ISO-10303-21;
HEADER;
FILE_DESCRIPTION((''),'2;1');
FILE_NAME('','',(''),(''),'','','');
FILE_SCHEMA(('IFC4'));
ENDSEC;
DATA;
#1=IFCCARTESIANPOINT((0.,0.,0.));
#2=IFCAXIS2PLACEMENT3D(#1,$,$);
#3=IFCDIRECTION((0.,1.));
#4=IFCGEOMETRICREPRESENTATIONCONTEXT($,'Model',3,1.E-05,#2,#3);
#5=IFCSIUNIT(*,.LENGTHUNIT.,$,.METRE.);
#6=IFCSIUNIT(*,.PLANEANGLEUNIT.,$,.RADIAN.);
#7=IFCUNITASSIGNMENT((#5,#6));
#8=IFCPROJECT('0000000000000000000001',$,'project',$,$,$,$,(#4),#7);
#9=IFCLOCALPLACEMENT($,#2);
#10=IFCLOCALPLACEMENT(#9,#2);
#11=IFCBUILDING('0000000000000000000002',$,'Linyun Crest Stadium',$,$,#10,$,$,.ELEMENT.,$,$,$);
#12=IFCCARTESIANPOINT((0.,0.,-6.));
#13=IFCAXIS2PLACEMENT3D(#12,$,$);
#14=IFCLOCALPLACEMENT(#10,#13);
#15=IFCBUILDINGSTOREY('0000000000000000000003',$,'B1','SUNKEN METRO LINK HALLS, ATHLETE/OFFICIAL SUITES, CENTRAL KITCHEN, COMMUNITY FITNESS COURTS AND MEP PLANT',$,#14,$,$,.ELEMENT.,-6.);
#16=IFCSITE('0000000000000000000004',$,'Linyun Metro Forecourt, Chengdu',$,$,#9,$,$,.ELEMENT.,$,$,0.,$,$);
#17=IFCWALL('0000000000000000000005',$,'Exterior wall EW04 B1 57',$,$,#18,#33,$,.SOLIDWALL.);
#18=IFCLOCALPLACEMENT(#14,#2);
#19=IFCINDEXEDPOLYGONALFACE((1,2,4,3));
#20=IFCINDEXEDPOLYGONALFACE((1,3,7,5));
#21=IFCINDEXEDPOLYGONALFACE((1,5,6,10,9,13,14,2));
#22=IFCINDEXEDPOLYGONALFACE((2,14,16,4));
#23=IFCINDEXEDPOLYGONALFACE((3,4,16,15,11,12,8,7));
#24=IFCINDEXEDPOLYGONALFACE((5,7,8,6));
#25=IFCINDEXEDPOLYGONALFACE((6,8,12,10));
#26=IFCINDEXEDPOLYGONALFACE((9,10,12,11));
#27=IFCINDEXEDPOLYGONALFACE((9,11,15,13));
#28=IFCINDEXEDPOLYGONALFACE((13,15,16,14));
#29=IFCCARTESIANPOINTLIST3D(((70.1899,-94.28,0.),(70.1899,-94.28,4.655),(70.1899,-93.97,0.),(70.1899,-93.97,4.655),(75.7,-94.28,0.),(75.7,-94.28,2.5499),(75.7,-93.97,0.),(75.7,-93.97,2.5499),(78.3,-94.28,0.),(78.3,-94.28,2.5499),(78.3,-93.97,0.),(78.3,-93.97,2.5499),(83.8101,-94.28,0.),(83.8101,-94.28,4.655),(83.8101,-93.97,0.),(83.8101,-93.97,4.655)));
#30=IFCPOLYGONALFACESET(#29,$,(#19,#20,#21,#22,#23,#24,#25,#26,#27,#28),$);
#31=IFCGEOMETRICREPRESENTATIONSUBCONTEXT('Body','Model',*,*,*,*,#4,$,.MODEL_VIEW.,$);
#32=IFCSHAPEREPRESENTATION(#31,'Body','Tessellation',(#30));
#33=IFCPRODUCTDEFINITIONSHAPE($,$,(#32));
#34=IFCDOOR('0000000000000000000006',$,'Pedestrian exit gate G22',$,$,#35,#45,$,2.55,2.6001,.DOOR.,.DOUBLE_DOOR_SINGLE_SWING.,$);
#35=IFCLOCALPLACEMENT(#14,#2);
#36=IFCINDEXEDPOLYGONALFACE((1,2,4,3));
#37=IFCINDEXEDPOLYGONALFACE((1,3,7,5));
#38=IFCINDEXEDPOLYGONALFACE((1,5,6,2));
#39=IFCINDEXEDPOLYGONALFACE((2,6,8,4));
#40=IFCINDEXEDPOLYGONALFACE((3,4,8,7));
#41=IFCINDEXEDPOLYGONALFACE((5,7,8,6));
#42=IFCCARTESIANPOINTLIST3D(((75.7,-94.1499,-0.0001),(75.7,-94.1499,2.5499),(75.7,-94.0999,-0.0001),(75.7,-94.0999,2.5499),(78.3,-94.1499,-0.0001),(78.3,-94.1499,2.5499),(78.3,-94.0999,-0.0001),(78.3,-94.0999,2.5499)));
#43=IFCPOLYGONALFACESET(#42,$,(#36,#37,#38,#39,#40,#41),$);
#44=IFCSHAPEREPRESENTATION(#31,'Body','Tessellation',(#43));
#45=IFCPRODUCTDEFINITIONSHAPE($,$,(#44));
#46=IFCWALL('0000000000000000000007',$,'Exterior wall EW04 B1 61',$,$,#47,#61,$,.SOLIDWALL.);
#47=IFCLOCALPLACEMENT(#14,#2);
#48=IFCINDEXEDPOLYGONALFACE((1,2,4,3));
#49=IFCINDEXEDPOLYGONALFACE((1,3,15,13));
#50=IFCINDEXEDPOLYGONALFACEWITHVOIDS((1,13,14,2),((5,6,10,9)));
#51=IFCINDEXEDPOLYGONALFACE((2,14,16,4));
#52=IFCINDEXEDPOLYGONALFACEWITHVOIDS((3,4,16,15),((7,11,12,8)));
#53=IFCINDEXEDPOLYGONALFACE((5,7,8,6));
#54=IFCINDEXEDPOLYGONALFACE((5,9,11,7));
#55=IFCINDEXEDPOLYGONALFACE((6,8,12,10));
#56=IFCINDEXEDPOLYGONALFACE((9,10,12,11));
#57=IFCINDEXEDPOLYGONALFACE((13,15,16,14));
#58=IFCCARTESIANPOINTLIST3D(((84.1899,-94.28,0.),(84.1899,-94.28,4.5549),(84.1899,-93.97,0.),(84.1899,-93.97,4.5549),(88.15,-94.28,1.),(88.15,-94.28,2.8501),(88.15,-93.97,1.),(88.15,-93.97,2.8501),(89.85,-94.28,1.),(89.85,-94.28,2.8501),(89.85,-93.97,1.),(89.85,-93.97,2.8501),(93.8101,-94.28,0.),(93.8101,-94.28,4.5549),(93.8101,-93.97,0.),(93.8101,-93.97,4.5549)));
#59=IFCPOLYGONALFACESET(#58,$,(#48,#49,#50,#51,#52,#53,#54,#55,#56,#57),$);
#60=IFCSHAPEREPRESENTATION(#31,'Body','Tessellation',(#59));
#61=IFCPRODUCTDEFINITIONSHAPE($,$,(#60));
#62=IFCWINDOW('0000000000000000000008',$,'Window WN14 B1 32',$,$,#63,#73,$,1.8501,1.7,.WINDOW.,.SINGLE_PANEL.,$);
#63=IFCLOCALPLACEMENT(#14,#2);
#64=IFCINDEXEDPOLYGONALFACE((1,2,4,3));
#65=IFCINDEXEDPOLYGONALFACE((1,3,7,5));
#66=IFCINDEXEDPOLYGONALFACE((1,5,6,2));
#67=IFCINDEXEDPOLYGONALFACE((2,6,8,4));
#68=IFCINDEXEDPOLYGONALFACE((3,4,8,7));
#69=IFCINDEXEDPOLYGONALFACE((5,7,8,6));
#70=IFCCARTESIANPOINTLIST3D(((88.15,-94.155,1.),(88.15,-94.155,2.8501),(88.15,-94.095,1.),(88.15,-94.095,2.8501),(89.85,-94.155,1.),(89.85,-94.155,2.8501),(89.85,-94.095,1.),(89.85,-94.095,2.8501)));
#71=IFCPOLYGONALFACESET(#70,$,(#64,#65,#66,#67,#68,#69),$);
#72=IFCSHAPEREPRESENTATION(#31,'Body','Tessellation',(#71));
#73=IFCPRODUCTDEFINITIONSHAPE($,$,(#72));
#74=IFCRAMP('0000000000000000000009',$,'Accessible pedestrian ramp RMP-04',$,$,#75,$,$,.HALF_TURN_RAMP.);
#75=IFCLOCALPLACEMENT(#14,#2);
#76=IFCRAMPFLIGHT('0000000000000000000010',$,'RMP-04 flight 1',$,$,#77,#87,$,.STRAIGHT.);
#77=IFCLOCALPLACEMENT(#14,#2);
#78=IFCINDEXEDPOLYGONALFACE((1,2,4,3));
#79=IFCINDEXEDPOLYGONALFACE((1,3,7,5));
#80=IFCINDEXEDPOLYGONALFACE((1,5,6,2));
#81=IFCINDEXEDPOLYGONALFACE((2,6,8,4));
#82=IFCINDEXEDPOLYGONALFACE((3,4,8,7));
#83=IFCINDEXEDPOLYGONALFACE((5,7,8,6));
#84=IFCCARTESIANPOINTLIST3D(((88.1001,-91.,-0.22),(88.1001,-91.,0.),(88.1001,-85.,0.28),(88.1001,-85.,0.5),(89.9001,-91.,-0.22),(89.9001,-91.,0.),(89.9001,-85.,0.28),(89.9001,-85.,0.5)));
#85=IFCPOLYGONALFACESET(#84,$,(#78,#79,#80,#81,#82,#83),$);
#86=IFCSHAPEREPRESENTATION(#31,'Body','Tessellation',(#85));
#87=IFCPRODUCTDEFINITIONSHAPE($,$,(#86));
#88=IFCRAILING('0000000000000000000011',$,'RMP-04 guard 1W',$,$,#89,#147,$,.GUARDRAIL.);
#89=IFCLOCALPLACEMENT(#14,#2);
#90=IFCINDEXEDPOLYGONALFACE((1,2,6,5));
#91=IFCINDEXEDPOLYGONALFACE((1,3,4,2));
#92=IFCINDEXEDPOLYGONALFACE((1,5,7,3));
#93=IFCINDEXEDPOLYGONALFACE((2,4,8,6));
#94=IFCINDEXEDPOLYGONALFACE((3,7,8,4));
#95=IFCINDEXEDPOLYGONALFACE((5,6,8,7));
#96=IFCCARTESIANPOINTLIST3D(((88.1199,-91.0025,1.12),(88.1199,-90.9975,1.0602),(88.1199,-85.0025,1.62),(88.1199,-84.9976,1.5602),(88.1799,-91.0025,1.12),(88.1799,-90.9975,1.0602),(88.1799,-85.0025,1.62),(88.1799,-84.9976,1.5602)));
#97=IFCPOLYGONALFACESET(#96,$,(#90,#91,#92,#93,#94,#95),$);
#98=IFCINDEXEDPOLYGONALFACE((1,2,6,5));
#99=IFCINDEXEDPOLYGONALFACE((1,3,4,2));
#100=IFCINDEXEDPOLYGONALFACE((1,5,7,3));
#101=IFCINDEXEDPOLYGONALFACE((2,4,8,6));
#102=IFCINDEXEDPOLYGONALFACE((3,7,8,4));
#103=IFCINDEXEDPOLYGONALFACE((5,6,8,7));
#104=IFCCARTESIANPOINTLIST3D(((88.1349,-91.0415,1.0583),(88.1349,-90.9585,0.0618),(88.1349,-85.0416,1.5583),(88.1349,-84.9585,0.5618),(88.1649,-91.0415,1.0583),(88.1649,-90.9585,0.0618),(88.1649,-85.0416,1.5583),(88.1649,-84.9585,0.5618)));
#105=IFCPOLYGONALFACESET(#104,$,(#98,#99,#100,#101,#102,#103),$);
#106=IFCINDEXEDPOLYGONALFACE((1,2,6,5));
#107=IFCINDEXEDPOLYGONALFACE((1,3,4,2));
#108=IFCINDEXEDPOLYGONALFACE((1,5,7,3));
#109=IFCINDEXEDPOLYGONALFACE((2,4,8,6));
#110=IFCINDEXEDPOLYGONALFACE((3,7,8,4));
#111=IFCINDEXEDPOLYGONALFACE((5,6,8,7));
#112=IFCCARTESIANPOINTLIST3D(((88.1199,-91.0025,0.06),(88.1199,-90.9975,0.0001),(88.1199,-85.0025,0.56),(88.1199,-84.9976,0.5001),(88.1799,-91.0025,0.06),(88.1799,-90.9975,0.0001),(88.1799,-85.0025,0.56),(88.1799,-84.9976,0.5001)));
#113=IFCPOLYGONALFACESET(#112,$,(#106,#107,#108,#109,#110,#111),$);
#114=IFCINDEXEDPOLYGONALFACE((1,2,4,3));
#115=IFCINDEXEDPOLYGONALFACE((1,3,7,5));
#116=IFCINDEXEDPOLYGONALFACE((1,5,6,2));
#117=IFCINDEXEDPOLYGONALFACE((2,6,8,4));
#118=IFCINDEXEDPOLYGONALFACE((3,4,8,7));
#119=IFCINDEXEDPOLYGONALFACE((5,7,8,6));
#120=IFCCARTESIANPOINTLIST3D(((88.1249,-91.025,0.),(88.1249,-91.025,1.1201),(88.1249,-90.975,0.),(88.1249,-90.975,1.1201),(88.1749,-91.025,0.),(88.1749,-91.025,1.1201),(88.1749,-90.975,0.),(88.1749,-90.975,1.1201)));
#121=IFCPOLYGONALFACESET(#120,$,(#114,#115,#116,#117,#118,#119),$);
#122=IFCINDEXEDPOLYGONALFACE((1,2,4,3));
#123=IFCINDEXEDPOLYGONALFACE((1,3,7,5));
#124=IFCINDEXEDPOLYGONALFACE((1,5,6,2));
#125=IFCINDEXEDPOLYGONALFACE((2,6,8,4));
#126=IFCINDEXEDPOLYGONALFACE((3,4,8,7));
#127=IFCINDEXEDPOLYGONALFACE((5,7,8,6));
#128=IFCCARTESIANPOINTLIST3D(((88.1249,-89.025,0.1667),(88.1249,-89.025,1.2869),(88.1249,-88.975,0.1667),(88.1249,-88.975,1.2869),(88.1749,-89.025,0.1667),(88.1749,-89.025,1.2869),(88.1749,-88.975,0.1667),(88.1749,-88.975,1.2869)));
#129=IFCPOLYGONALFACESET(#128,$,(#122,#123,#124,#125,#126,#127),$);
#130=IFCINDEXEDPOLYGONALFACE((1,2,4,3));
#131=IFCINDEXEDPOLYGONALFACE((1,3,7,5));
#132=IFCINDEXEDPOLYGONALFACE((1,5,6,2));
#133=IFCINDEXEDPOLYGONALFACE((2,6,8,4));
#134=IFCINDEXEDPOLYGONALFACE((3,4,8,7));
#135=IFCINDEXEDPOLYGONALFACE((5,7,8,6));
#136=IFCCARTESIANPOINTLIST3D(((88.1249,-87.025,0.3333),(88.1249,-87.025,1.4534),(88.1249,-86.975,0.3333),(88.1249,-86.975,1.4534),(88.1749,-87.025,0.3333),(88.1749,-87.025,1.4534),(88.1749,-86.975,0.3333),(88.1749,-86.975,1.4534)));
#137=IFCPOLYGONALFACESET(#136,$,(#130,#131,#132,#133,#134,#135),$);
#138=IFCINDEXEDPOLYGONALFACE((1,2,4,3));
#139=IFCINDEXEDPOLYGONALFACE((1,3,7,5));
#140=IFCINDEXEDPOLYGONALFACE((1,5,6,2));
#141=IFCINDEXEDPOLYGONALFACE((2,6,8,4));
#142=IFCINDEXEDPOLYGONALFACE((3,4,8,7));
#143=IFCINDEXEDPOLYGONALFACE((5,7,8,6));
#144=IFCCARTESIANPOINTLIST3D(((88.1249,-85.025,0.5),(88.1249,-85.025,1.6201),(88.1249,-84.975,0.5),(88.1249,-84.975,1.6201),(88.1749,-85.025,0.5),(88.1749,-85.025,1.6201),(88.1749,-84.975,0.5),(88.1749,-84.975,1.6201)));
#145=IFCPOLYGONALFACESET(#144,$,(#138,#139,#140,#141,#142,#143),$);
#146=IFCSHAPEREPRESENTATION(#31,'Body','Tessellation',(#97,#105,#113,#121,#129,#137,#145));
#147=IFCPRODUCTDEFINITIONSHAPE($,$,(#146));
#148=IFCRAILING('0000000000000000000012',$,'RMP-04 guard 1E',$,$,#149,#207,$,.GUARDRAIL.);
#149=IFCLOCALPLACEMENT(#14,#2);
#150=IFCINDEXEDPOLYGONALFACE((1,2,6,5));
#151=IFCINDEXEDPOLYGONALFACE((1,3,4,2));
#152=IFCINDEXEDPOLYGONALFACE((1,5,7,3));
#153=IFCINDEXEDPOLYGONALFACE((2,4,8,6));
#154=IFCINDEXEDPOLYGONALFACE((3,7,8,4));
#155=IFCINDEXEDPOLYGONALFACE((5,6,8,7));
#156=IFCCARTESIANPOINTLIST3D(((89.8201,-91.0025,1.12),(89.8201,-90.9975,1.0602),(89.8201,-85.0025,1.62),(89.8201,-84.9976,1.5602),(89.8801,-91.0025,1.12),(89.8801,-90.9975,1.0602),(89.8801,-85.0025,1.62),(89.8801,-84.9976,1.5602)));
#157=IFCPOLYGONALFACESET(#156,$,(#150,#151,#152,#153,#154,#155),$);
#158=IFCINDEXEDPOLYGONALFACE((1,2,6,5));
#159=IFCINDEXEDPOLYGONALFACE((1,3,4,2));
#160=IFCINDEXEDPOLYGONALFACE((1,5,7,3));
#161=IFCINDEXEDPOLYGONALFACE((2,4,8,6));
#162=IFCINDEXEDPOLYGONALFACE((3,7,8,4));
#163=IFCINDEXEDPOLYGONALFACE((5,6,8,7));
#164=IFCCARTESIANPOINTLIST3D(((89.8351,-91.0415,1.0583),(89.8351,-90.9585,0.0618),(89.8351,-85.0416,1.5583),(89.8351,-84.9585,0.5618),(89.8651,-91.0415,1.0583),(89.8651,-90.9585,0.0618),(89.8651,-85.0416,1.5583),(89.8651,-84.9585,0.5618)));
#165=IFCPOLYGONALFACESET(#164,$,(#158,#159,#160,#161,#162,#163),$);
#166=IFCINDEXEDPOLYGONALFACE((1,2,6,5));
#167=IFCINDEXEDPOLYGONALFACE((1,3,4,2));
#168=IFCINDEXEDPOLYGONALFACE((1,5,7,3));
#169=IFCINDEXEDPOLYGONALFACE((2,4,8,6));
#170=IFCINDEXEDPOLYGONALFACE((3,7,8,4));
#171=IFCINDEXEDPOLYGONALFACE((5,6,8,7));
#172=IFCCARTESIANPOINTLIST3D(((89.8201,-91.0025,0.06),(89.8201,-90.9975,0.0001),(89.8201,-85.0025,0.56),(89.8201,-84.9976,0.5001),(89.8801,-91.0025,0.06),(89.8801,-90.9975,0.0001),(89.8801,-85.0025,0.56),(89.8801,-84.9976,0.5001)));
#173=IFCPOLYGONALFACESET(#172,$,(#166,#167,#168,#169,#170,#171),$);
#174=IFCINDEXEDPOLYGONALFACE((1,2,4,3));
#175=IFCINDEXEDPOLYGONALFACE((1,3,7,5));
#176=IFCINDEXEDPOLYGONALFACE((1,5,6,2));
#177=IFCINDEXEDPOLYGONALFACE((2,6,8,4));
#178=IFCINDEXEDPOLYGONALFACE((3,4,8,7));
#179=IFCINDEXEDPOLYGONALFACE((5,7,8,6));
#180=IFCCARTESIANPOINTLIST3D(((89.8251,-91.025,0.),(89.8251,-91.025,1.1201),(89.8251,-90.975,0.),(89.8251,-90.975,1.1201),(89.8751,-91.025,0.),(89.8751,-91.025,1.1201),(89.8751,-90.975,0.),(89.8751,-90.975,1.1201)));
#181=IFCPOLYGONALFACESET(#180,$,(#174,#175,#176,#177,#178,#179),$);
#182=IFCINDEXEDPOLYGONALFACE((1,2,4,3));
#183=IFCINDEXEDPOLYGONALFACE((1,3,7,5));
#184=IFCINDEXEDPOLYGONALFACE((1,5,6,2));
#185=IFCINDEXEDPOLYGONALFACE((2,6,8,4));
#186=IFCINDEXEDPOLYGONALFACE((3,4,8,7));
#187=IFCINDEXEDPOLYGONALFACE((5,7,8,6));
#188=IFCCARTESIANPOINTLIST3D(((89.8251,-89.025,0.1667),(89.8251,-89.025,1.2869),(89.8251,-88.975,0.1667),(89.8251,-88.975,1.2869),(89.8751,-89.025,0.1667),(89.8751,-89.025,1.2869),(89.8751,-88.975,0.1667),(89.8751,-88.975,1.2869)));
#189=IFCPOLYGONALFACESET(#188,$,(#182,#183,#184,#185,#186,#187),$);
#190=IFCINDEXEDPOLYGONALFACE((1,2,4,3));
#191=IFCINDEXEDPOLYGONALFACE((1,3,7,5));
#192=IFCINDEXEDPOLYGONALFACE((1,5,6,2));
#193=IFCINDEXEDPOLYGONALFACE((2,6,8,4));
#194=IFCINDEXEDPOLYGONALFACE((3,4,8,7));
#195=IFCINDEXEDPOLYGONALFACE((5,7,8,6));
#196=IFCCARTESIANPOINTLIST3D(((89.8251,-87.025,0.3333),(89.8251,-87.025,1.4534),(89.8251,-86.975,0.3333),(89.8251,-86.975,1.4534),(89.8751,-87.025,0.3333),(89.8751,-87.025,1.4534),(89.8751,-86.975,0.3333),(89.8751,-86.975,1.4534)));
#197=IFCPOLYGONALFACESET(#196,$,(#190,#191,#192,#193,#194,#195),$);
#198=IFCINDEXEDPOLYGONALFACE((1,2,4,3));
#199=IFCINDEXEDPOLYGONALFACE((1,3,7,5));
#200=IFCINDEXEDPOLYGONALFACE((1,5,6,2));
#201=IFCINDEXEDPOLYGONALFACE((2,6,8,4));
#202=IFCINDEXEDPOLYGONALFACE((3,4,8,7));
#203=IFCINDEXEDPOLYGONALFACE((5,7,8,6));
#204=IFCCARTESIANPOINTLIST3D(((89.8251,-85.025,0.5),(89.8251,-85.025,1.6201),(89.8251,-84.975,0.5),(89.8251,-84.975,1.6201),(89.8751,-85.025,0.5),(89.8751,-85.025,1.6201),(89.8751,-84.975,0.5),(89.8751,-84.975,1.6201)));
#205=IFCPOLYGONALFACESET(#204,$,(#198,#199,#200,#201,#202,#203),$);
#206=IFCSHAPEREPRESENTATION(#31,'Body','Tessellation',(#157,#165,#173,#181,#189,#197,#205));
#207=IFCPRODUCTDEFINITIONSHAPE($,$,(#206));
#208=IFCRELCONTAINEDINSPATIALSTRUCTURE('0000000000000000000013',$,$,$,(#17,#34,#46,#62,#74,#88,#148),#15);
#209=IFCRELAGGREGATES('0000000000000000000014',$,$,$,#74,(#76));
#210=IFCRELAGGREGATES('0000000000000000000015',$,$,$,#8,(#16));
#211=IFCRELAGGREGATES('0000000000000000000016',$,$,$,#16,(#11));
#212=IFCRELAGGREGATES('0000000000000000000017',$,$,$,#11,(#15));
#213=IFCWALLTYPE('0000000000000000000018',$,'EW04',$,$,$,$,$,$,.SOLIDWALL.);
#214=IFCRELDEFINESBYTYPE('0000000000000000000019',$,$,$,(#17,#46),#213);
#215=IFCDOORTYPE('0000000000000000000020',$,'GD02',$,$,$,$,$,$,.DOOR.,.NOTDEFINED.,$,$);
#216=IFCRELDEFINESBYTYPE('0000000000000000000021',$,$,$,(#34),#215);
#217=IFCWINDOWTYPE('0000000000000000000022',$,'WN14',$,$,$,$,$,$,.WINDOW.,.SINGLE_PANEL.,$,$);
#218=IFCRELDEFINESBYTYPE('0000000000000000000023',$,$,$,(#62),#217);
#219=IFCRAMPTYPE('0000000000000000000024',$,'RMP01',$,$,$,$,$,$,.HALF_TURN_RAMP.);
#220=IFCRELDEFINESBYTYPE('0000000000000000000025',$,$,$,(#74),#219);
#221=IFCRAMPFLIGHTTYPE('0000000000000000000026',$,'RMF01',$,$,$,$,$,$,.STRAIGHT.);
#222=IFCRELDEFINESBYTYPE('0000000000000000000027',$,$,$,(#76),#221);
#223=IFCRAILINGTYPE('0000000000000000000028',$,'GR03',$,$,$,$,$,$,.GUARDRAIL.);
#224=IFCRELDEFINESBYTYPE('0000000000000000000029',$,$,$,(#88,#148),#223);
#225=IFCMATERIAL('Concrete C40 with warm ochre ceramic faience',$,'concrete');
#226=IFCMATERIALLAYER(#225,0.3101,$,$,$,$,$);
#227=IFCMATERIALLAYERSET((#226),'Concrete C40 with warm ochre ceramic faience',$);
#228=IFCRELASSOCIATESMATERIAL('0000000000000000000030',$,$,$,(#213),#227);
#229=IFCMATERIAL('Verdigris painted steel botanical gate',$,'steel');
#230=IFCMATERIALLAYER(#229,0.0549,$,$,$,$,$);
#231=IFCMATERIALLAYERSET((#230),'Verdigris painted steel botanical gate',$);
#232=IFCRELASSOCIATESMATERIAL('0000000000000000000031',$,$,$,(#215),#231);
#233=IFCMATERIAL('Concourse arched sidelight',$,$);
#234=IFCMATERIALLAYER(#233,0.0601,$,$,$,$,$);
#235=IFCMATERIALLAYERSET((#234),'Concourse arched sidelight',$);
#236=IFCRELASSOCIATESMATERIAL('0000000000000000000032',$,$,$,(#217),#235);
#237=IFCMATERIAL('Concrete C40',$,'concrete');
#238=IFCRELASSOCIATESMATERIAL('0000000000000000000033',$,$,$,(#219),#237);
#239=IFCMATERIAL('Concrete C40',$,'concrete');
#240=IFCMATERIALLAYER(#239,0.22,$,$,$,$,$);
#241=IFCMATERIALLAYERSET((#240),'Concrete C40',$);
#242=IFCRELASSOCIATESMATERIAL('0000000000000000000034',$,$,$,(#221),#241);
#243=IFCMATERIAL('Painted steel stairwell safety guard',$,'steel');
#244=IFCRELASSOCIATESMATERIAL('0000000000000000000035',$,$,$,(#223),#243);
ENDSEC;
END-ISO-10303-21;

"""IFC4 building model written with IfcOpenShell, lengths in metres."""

from ifc_helpers import new_model, si_unit, direction, frame, frame_2d, origin, origin_2d, place, context, subcontext, project, spatial, polyline, rectangle, outline, extrude, material, layer, layer_set, type_object, element, fill, aggregate, save


model = new_model("IFC4")

# Units and contexts
model_context = context("Model", 3, precision=1e-05, world=origin(), true_north=direction((0.0, 1.0)))
body_context = subcontext(model_context, "Body", "Model", "MODEL_VIEW")
ifc_project = project(units=[si_unit("LENGTHUNIT", "METRE"), si_unit("PLANEANGLEUNIT", "RADIAN")], contexts=[model_context])

# Site, building, storey
site_placement = place(None, origin())
site = spatial("IfcSite", under=ifc_project, at=site_placement, Name="Linyun Metro Forecourt, Chengdu", CompositionType="ELEMENT", RefElevation=0.0)
building_placement = place(site_placement, origin())
building = spatial("IfcBuilding", under=site, at=building_placement, Name="Linyun Crest Stadium", CompositionType="ELEMENT")
storey_placement = place(building_placement, frame((0.0, 0.0, -6.0)))
storey = spatial("IfcBuildingStorey", under=building, at=storey_placement, Name="B1", Description="SUNKEN METRO LINK HALLS, ATHLETE/OFFICIAL SUITES, CENTRAL KITCHEN, COMMUNITY FITNESS COURTS AND MEP PLANT", CompositionType="ELEMENT", Elevation=-6.0)

# Wall, opening, door
ifc_material_1 = material(Name="Concrete C40 with warm ochre ceramic faience", Category="concrete")
ifc_layer_1 = layer(ifc_material_1, 0.3101)
ifc_layer_set_1 = layer_set([ifc_layer_1], Name="Concrete C40 with warm ochre ceramic faience")
wall_type = type_object("IfcWallType", Name="EW04", PredefinedType="SOLIDWALL", material=ifc_layer_set_1)
wall_1_placement = place(storey_placement, frame((83.8101, -94.125, 0.0), z_axis=(0.0, 0.0, 1.0), x_axis=(-1.0, 0.0, 0.0)))
wall_1 = element("IfcWall", 1, at=wall_1_placement, inside=storey, type_object=wall_type, Name="Exterior wall EW04 B1 57", PredefinedType="SOLIDWALL", context=body_context, shape_type="SweptSolid", body=[
    extrude(rectangle(XDim=13.6201, YDim=0.3101, at=frame_2d((6.8101, 0.0))), origin(), (0.0, 0.0, 1.0), 4.655),
])
opening_1_placement = place(wall_1_placement, frame((5.51, 0.0, 0.0)))
opening_1 = element("IfcOpeningElement", 2, at=opening_1_placement, cuts=wall_1, PredefinedType="OPENING", context=body_context, shape_type="SweptSolid", body=[
    extrude(rectangle(XDim=2.6001, YDim=2.55, at=frame_2d((1.3, 1.2749))), frame((0.0, 0.165, 0.0), z_axis=(0.0, -1.0, 0.0), x_axis=(1.0, 0.0, 0.0)), (0.0, 0.0, 1.0), 0.3301),
])
ifc_material_2 = material(Name="Verdigris painted steel botanical gate", Category="steel")
ifc_layer_2 = layer(ifc_material_2, 0.0549)
ifc_layer_set_2 = layer_set([ifc_layer_2], Name="Verdigris painted steel botanical gate")
door_type = type_object("IfcDoorType", Name="GD02", OperationType="NOTDEFINED", PredefinedType="DOOR", material=ifc_layer_set_2)
door_placement = place(opening_1_placement, origin())
door = element("IfcDoor", 3, at=door_placement, inside=storey, type_object=door_type, Name="Pedestrian exit gate G22", OperationType="DOUBLE_DOOR_SINGLE_SWING", OverallHeight=2.55, OverallWidth=2.6001, PredefinedType="DOOR", context=body_context, shape_type="SweptSolid", body=[
    extrude(rectangle(XDim=2.6001, YDim=2.55, at=frame_2d((1.3, 1.2749))), frame((0.0, 0.0249, 0.0), z_axis=(0.0, -1.0, 0.0), x_axis=(1.0, 0.0, 0.0)), (0.0, 0.0, 1.0), 0.05),
])
fill(opening_1, door)

# Wall, opening, window
wall_2_placement = place(storey_placement, frame((93.8101, -94.125, 0.0), z_axis=(0.0, 0.0, 1.0), x_axis=(-1.0, 0.0, 0.0)))
wall_2 = element("IfcWall", 4, at=wall_2_placement, inside=storey, type_object=wall_type, Name="Exterior wall EW04 B1 61", PredefinedType="SOLIDWALL", context=body_context, shape_type="SweptSolid", body=[
    extrude(rectangle(XDim=9.6201, YDim=0.3101, at=frame_2d((4.8101, 0.0))), origin(), (0.0, 0.0, 1.0), 4.5549),
])
opening_2_placement = place(wall_2_placement, frame((3.96, 0.0, 1.0)))
opening_2 = element("IfcOpeningElement", 5, at=opening_2_placement, cuts=wall_2, PredefinedType="OPENING", context=body_context, shape_type="SweptSolid", body=[
    extrude(rectangle(XDim=1.7, YDim=1.8501, at=frame_2d((0.8501, 0.925))), frame((0.0, 0.165, 0.0), z_axis=(0.0, -1.0, 0.0), x_axis=(1.0, 0.0, 0.0)), (0.0, 0.0, 1.0), 0.3301),
])
ifc_material_3 = material(Name="Concourse arched sidelight")
ifc_layer_3 = layer(ifc_material_3, 0.0601)
ifc_layer_set_3 = layer_set([ifc_layer_3], Name="Concourse arched sidelight")
window_type = type_object("IfcWindowType", Name="WN14", PartitioningType="SINGLE_PANEL", PredefinedType="WINDOW", material=ifc_layer_set_3)
window_placement = place(opening_2_placement, origin())
window = element("IfcWindow", 6, at=window_placement, inside=storey, type_object=window_type, Name="Window WN14 B1 32", OverallHeight=1.8501, OverallWidth=1.7, PartitioningType="SINGLE_PANEL", PredefinedType="WINDOW", context=body_context, shape_type="SweptSolid", body=[
    extrude(rectangle(XDim=1.7, YDim=1.8501, at=frame_2d((0.8501, 0.925))), frame((0.0, 0.03, 0.0), z_axis=(0.0, -1.0, 0.0), x_axis=(1.0, 0.0, 0.0)), (0.0, 0.0, 1.0), 0.0601),
])
fill(opening_2, window)

# Ramp, ramp flight
ifc_material_4 = material(Name="Concrete C40", Category="concrete")
ramp_type = type_object("IfcRampType", Name="RMP01", PredefinedType="HALF_TURN_RAMP", material=ifc_material_4)
ramp_placement = place(storey_placement, origin())
ramp = element("IfcRamp", 7, at=ramp_placement, inside=storey, type_object=ramp_type, Name="Accessible pedestrian ramp RMP-04", PredefinedType="HALF_TURN_RAMP")
ifc_material_5 = material(Name="Concrete C40", Category="concrete")
ifc_layer_4 = layer(ifc_material_5, 0.22)
ifc_layer_set_4 = layer_set([ifc_layer_4], Name="Concrete C40")
ramp_flight_type = type_object("IfcRampFlightType", Name="RMF01", PredefinedType="STRAIGHT", material=ifc_layer_set_4)
ramp_flight_placement = place(storey_placement, frame((89.0, -91.0, 0.0), z_axis=(0.0, 0.0, 1.0), x_axis=(0.0, 1.0, 0.0)))
ramp_flight = element("IfcRampFlight", 8, at=ramp_flight_placement, type_object=ramp_flight_type, Name="RMP-04 flight 1", PredefinedType="STRAIGHT", context=body_context, shape_type="SweptSolid", body=[
    extrude(outline(polyline([(0.0, 0.0), (6.0, 0.5), (6.0, 0.28), (0.0, -0.22), (0.0, 0.0)])), frame((0.0, 0.8999, 0.0), z_axis=(0.0, -1.0, 0.0), x_axis=(1.0, 0.0, 0.0)), (0.0, 0.0, 1.0), 1.8),
])
aggregate(ramp, [ramp_flight])

# Railings
ifc_material_6 = material(Name="Painted steel stairwell safety guard", Category="steel")
railing_type = type_object("IfcRailingType", Name="GR03", PredefinedType="GUARDRAIL", material=ifc_material_6)
for number, where, name in (
    (9, (88.1499, -91.0, 0.0), "RMP-04 guard 1W"),
    (10, (89.8501, -91.0, 0.0), "RMP-04 guard 1E"),
):
    element("IfcRailing", number, at=place(storey_placement, frame(where)), inside=storey, type_object=railing_type, Name=name, PredefinedType="GUARDRAIL", context=body_context, shape_type="SweptSolid", body=[
        extrude(rectangle(XDim=0.0601, YDim=0.0601, at=origin_2d()), frame((0.0, 0.0, 1.0901), z_axis=(0.0, 0.996546, 0.083045), x_axis=(-1.0, 0.0, 0.0)), (0.0, 0.0, 1.0), 6.0208),
        extrude(rectangle(XDim=0.03, YDim=1.0, at=origin_2d()), frame((0.0, 0.0, 0.5601), z_axis=(0.0, 0.996546, 0.083045), x_axis=(-1.0, 0.0, 0.0)), (0.0, 0.0, 1.0), 6.0208),
        extrude(rectangle(XDim=0.0601, YDim=0.0601, at=origin_2d()), frame((0.0, 0.0, 0.03), z_axis=(0.0, 0.996546, 0.083045), x_axis=(-1.0, 0.0, 0.0)), (0.0, 0.0, 1.0), 6.0208),
        extrude(rectangle(XDim=0.05, YDim=0.05, at=origin_2d()), origin(), (0.0, 0.0, 1.0), 1.1201),
        extrude(rectangle(XDim=0.05, YDim=0.05, at=origin_2d()), frame((0.0, 2.0, 0.1667)), (0.0, 0.0, 1.0), 1.1201),
        extrude(rectangle(XDim=0.05, YDim=0.05, at=origin_2d()), frame((0.0, 4.0, 0.3333)), (0.0, 0.0, 1.0), 1.1201),
        extrude(rectangle(XDim=0.05, YDim=0.05, at=origin_2d()), frame((0.0, 6.0, 0.5)), (0.0, 0.0, 1.0), 1.1201),
    ])

save(model, "model.ifc")
